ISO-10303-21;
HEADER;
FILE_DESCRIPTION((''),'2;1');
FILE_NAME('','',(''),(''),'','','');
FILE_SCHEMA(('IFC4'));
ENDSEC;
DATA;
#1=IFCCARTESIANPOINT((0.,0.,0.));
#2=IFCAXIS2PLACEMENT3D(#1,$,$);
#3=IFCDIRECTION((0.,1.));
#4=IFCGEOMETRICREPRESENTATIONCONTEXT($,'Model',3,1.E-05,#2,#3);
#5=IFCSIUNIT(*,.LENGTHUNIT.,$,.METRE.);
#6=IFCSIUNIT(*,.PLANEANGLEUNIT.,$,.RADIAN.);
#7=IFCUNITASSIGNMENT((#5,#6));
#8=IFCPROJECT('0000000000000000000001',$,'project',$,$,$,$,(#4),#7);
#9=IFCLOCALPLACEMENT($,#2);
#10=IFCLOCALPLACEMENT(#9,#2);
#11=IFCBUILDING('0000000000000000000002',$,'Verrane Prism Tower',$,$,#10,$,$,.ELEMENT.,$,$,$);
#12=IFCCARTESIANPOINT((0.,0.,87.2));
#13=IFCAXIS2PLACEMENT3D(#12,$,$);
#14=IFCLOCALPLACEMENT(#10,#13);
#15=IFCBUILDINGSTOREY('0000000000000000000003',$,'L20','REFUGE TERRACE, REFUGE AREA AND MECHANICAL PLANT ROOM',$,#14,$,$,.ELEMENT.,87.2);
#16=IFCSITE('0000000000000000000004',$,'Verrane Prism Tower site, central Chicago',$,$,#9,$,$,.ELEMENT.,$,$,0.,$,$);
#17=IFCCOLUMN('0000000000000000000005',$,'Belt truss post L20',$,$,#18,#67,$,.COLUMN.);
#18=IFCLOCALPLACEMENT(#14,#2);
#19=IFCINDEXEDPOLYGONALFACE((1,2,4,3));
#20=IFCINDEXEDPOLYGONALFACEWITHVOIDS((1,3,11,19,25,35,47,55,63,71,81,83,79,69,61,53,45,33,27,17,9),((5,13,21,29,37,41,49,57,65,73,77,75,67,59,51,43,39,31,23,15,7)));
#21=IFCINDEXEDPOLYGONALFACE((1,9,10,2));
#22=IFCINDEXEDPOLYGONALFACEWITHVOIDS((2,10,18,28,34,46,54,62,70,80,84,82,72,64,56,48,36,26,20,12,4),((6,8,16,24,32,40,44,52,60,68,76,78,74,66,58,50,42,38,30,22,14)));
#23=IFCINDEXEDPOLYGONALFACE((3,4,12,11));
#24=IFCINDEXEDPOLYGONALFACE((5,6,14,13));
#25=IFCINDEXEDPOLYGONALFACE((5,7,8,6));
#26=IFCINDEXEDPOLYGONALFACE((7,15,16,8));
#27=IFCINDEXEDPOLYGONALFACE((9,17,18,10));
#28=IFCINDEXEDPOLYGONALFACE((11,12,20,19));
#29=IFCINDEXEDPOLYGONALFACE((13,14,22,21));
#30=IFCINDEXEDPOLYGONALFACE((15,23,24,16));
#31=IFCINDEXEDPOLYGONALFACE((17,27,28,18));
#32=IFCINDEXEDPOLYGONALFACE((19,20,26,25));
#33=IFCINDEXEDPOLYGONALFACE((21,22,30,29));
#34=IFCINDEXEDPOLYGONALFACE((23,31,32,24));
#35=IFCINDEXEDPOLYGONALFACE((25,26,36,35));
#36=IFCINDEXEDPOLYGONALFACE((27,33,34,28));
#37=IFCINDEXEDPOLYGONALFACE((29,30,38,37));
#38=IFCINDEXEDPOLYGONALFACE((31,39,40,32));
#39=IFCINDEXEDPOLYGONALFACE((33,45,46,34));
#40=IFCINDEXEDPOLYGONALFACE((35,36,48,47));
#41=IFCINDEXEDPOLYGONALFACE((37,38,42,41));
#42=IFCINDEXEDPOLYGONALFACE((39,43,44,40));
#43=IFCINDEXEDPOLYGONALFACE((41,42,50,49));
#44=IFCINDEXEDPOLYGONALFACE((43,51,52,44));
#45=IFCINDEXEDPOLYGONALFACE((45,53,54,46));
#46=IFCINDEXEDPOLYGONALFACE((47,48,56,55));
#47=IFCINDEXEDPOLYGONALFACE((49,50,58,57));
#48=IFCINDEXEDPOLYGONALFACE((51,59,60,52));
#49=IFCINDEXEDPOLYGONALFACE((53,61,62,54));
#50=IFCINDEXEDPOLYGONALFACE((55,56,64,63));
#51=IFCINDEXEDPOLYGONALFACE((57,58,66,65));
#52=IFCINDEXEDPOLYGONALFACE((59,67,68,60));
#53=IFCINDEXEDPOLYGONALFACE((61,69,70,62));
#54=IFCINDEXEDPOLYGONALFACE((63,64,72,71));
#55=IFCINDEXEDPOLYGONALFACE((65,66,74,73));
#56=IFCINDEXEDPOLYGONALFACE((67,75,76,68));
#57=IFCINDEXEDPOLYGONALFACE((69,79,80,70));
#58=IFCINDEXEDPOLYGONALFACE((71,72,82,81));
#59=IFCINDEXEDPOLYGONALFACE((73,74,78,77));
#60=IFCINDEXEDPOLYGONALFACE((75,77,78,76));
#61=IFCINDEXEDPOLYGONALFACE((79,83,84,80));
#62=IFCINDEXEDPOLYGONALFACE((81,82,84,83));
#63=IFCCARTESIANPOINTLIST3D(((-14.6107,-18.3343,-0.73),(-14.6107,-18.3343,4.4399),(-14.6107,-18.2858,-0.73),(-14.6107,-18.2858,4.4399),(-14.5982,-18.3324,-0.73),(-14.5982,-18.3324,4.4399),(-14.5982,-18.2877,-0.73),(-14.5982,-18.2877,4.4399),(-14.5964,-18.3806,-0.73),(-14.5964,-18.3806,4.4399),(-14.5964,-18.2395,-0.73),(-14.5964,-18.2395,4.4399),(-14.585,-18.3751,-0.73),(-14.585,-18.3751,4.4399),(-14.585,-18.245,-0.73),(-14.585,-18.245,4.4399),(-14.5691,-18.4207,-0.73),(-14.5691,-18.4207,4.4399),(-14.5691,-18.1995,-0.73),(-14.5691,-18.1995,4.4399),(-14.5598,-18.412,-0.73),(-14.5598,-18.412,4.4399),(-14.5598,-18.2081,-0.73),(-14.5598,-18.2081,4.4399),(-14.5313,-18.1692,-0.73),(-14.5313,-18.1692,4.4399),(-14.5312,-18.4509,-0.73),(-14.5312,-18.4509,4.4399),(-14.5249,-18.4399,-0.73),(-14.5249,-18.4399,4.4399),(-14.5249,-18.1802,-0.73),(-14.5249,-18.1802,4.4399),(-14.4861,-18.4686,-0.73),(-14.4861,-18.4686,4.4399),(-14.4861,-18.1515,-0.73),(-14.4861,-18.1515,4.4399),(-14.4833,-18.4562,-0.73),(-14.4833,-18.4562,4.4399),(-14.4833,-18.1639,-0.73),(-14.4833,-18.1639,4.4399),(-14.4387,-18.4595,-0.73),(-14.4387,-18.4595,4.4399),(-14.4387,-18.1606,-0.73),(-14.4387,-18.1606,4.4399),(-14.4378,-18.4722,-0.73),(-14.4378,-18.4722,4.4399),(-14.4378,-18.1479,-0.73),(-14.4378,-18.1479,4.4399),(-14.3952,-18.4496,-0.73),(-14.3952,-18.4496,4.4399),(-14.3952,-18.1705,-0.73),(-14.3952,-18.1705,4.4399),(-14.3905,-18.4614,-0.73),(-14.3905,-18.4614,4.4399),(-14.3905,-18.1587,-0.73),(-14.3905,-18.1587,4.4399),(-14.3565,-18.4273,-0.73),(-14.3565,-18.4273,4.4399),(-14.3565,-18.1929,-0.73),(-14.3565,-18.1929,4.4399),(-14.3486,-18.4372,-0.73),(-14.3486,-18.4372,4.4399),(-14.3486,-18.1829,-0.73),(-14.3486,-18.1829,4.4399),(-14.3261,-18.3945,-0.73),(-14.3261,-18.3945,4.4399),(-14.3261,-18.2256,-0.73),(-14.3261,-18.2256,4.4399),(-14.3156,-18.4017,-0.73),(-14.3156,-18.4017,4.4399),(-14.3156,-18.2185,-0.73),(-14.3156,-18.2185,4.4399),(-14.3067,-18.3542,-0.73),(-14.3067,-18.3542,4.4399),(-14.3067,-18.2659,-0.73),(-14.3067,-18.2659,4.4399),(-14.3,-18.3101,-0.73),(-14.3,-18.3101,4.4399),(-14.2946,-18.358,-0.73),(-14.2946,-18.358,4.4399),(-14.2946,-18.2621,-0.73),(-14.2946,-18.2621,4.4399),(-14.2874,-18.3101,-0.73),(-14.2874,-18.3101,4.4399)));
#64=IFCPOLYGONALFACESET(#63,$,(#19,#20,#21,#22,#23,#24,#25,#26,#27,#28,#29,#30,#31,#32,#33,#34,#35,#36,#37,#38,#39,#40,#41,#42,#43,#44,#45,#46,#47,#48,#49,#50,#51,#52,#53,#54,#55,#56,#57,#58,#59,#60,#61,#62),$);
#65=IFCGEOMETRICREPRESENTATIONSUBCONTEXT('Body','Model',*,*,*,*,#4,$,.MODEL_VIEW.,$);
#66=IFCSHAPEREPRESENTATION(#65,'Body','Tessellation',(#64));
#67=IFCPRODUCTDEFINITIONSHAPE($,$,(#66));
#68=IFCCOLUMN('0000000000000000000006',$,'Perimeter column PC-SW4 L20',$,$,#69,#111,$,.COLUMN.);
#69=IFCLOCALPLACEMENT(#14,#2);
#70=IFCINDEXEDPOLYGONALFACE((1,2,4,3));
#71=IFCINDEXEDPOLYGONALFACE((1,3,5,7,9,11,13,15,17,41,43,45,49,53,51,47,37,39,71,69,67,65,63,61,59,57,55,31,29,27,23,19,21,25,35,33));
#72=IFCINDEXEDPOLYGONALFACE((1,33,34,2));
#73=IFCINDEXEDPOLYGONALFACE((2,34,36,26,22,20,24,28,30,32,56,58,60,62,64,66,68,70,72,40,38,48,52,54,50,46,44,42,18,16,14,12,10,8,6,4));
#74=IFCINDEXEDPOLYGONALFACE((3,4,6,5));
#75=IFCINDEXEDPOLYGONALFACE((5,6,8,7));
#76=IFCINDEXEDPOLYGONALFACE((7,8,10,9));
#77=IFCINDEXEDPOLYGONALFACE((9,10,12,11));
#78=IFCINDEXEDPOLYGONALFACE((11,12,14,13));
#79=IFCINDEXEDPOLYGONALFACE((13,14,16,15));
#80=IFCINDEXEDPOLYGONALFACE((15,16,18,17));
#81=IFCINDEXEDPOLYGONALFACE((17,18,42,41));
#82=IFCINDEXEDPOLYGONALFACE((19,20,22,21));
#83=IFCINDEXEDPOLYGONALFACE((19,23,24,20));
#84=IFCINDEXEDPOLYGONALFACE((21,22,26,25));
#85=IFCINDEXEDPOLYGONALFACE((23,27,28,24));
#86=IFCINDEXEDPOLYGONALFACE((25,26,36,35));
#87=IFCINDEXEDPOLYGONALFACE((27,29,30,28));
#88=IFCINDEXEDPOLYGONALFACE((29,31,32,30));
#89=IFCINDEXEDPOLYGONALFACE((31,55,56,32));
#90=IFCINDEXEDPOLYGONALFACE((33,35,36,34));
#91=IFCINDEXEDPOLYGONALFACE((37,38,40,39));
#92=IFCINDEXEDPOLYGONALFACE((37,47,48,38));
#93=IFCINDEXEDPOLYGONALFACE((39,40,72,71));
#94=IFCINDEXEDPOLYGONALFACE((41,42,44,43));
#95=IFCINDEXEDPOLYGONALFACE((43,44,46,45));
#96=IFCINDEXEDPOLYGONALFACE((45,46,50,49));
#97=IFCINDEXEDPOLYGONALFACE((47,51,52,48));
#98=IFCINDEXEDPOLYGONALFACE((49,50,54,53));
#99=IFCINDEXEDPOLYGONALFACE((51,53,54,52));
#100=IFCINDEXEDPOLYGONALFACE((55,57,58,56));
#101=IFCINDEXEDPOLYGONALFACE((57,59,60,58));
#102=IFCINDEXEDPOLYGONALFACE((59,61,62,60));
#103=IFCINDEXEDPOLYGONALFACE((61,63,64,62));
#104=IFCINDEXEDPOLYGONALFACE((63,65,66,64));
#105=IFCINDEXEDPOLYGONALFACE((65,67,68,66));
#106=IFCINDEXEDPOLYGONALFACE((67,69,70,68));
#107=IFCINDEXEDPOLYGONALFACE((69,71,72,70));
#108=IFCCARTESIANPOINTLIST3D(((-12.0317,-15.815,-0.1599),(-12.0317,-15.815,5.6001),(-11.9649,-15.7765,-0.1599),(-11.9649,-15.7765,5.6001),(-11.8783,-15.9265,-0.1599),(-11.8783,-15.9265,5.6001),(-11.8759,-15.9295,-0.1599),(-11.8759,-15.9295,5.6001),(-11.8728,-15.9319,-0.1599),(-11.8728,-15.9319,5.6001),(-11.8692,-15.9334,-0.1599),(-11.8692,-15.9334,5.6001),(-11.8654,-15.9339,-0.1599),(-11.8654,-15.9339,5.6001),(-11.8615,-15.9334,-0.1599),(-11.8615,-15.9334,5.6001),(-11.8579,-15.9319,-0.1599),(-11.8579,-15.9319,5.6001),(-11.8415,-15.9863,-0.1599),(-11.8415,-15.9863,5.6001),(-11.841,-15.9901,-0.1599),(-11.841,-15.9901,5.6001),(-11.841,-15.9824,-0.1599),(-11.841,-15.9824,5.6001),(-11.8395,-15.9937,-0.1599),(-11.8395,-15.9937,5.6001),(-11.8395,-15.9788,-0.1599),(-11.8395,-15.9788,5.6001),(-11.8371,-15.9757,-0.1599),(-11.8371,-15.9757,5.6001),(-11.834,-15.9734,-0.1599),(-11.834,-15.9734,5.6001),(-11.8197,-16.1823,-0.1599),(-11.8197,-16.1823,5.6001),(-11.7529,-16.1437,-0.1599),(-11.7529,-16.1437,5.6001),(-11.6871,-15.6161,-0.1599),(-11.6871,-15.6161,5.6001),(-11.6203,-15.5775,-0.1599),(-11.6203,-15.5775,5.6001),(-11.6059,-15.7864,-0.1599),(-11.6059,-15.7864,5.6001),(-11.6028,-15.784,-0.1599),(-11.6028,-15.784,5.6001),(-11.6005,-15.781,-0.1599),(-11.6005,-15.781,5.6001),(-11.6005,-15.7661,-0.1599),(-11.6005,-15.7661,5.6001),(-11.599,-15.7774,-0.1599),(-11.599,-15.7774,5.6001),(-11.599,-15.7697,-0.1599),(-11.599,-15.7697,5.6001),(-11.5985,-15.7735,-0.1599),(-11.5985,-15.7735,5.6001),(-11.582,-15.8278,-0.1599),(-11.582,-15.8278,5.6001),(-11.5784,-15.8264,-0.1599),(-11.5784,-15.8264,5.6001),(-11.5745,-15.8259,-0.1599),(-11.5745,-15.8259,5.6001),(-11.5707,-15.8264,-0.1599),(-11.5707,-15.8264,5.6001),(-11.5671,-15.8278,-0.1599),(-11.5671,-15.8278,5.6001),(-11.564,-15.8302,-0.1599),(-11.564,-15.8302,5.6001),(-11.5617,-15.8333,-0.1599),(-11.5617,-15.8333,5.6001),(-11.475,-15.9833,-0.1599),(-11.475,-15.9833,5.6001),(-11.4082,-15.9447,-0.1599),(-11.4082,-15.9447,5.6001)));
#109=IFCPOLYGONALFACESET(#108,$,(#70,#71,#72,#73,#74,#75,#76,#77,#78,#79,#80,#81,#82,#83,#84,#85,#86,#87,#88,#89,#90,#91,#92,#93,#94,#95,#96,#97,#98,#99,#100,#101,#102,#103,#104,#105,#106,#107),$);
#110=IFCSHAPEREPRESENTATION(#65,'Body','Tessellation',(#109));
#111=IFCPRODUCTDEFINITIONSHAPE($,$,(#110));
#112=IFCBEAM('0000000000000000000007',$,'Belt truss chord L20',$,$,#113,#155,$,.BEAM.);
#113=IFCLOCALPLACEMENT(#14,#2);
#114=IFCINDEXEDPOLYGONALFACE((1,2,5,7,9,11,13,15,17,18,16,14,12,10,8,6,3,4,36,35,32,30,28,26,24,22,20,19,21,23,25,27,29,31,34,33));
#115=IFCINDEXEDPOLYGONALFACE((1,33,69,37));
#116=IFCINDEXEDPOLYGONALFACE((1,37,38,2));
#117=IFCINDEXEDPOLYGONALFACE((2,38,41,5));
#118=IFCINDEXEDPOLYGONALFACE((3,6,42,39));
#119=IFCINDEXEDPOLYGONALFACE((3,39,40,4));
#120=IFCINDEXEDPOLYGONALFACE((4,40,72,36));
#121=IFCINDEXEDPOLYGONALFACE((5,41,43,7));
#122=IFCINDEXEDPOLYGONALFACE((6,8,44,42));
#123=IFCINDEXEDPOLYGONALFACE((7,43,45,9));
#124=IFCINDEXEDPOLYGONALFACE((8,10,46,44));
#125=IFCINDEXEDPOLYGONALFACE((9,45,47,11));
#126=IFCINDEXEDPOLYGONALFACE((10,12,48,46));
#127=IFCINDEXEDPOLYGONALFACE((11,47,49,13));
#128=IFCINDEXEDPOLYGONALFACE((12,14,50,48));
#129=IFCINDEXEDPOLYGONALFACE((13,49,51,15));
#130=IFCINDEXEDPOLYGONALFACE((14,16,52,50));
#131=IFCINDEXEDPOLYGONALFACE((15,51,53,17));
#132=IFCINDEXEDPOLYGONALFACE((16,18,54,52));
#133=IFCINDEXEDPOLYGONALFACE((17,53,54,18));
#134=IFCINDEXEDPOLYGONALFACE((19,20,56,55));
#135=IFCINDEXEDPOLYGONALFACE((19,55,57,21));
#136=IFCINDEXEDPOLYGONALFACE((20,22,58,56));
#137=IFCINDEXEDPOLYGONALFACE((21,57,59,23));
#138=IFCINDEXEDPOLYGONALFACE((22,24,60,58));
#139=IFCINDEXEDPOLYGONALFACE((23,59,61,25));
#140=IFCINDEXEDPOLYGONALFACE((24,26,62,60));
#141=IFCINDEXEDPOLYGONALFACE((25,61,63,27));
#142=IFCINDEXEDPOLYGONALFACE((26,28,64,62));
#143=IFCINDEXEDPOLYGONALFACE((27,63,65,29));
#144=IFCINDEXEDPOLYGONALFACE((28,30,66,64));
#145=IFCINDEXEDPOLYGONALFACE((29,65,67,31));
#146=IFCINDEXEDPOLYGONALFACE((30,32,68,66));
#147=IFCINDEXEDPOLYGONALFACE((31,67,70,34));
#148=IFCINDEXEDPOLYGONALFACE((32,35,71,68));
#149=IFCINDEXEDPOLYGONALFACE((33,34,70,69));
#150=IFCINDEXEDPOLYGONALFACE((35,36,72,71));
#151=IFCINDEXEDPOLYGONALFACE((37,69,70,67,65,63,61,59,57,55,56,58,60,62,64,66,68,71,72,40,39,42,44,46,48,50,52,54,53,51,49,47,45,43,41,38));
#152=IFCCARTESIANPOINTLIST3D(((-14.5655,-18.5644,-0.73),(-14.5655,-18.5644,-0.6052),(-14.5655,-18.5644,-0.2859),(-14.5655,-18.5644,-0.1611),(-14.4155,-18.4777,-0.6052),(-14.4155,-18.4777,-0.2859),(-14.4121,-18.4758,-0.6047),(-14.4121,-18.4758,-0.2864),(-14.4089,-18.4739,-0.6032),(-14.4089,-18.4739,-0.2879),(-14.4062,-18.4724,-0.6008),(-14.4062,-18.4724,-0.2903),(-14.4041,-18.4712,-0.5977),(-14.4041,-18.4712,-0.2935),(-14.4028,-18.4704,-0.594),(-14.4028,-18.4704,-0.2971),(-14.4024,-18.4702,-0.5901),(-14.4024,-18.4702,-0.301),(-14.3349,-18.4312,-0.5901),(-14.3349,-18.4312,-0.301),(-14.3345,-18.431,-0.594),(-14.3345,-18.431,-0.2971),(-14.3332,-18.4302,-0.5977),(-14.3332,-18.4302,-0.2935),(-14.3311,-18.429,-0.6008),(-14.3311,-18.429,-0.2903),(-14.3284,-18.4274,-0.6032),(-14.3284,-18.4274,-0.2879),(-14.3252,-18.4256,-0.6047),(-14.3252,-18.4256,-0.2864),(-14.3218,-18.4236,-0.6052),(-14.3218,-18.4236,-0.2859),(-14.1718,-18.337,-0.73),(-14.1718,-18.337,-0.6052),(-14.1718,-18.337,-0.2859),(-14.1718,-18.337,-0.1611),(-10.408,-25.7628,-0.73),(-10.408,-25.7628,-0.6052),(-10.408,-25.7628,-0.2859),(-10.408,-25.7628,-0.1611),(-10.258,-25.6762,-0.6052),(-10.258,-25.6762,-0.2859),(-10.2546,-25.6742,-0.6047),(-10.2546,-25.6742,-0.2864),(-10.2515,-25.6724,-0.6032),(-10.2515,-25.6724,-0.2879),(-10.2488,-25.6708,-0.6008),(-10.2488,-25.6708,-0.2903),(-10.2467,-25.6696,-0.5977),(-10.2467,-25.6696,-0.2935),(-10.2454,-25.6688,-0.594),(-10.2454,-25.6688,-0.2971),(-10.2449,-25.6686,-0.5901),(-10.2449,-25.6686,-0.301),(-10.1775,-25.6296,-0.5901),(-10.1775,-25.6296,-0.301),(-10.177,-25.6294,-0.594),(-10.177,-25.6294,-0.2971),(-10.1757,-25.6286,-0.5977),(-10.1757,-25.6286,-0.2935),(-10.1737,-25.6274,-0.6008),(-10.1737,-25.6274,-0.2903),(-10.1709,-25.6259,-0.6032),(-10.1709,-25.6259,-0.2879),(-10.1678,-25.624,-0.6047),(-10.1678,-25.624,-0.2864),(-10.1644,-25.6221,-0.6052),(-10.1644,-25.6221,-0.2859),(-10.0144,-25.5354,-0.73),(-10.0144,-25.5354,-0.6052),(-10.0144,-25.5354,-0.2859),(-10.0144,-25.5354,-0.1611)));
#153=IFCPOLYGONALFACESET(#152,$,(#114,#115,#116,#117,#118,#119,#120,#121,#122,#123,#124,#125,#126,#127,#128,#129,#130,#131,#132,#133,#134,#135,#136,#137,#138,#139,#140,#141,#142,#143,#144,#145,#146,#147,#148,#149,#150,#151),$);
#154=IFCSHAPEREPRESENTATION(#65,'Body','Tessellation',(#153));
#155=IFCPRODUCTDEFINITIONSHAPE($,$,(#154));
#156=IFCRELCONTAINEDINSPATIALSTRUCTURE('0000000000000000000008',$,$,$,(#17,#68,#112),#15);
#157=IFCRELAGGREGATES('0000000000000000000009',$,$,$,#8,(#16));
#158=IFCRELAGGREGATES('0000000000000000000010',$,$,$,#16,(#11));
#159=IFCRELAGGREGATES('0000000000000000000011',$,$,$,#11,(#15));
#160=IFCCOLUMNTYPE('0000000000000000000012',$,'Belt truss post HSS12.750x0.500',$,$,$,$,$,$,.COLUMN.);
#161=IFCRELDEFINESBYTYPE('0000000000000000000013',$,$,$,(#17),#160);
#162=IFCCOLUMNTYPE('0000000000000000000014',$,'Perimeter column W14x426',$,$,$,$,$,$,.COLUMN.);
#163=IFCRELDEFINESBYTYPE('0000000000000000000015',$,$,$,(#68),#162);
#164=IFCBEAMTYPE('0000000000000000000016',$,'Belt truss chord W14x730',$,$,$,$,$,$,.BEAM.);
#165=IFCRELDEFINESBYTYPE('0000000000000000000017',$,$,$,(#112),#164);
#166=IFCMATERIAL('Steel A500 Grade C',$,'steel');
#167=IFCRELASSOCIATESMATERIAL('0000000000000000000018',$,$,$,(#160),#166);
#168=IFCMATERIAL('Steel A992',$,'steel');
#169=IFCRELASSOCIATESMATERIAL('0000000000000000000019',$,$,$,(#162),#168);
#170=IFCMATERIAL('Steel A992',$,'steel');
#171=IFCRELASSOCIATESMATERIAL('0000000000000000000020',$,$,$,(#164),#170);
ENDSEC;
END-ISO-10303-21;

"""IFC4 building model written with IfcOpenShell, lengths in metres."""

from ifc_helpers import new_model, si_unit, direction, frame, origin, origin_2d, place, context, subcontext, project, spatial, hollow_circle, i_section, extrude, material, material_profile, profile_set, type_object, element, save


model = new_model("IFC4")

# Units and contexts
model_context = context("Model", 3, precision=1e-05, world=origin(), true_north=direction((0.0, 1.0)))
body_context = subcontext(model_context, "Body", "Model", "MODEL_VIEW")
ifc_project = project(units=[si_unit("LENGTHUNIT", "METRE"), si_unit("PLANEANGLEUNIT", "RADIAN")], contexts=[model_context])

# Site, building, storey
site_placement = place(None, origin())
site = spatial("IfcSite", under=ifc_project, at=site_placement, Name="Verrane Prism Tower site, central Chicago", CompositionType="ELEMENT", RefElevation=0.0)
building_placement = place(site_placement, origin())
building = spatial("IfcBuilding", under=site, at=building_placement, Name="Verrane Prism Tower", CompositionType="ELEMENT")
storey_placement = place(building_placement, frame((0.0, 0.0, 87.2)))
storey = spatial("IfcBuildingStorey", under=building, at=storey_placement, Name="L20", Description="REFUGE TERRACE, REFUGE AREA AND MECHANICAL PLANT ROOM", CompositionType="ELEMENT", Elevation=87.2)

# Columns
ifc_material_1 = material(Name="Steel A500 Grade C", Category="steel")
ifc_material_profile_1 = material_profile(ifc_material_1, hollow_circle(Radius=0.1626, WallThickness=0.0127, at=origin_2d()), Name="HSS12.750x0.500")
ifc_profile_set_1 = profile_set([ifc_material_profile_1], Name="Steel A500 Grade C")
column_type_1 = type_object("IfcColumnType", Name="Belt truss post HSS12.750x0.500", PredefinedType="COLUMN", material=ifc_profile_set_1)
column_1_placement = place(storey_placement, frame((-14.45, -18.3101, -0.73), z_axis=(0.0, 0.0, 1.0), x_axis=(-0.5, 0.866025, 0.0)))
element("IfcColumn", 1, at=column_1_placement, inside=storey, type_object=column_type_1, Name="Belt truss post L20", PredefinedType="COLUMN", context=body_context, shape_type="SweptSolid", body=[
    extrude(hollow_circle(Radius=0.1626, WallThickness=0.0127, at=origin_2d()), origin(), (0.0, 0.0, 1.0), 5.1699),
])
ifc_material_2 = material(Name="Steel A992", Category="steel")
ifc_material_profile_2 = material_profile(ifc_material_2, i_section(OverallWidth=0.4241, OverallDepth=0.4751, WebThickness=0.0479, FlangeThickness=0.0771, FilletRadius=0.0149, at=origin_2d()), Name="W14x426")
ifc_profile_set_2 = profile_set([ifc_material_profile_2], Name="Steel A992")
column_type_2 = type_object("IfcColumnType", Name="Perimeter column W14x426", PredefinedType="COLUMN", material=ifc_profile_set_2)
column_2_placement = place(storey_placement, frame((-11.72, -15.8799, -0.1599), z_axis=(0.0, 0.0, 1.0), x_axis=(-0.5, 0.866025, 0.0)))
element("IfcColumn", 2, at=column_2_placement, inside=storey, type_object=column_type_2, Name="Perimeter column PC-SW4 L20", PredefinedType="COLUMN", context=body_context, shape_type="SweptSolid", body=[
    extrude(i_section(OverallWidth=0.4241, OverallDepth=0.4751, WebThickness=0.0479, FlangeThickness=0.0771, FilletRadius=0.0149, at=origin_2d()), origin(), (0.0, 0.0, 1.0), 5.76),
])

# Beam
ifc_material_3 = material(Name="Steel A992", Category="steel")
ifc_material_profile_3 = material_profile(ifc_material_3, i_section(OverallWidth=0.4546, OverallDepth=0.5688, WebThickness=0.0779, FlangeThickness=0.1248, FilletRadius=0.0151, at=origin_2d()), Name="W14x730")
ifc_profile_set_3 = profile_set([ifc_material_profile_3], Name="Steel A992")
beam_type_1 = type_object("IfcBeamType", Name="Belt truss chord W14x730", PredefinedType="BEAM", material=ifc_profile_set_3)
beam_1_placement = place(storey_placement, frame((-14.3687, -18.4507, -0.4456), z_axis=(0.500128, -0.865951, 0.0), x_axis=(0.865951, 0.500128, 0.0)))
element("IfcBeam", 3, at=beam_1_placement, inside=storey, type_object=beam_type_1, Name="Belt truss chord L20", PredefinedType="BEAM", context=body_context, shape_type="SweptSolid", body=[
    extrude(i_section(OverallWidth=0.4546, OverallDepth=0.5688, WebThickness=0.0779, FlangeThickness=0.1248, FilletRadius=0.0151, at=origin_2d()), origin(), (0.0, 0.0, 1.0), 8.3127),
])

save(model, "model.ifc")
